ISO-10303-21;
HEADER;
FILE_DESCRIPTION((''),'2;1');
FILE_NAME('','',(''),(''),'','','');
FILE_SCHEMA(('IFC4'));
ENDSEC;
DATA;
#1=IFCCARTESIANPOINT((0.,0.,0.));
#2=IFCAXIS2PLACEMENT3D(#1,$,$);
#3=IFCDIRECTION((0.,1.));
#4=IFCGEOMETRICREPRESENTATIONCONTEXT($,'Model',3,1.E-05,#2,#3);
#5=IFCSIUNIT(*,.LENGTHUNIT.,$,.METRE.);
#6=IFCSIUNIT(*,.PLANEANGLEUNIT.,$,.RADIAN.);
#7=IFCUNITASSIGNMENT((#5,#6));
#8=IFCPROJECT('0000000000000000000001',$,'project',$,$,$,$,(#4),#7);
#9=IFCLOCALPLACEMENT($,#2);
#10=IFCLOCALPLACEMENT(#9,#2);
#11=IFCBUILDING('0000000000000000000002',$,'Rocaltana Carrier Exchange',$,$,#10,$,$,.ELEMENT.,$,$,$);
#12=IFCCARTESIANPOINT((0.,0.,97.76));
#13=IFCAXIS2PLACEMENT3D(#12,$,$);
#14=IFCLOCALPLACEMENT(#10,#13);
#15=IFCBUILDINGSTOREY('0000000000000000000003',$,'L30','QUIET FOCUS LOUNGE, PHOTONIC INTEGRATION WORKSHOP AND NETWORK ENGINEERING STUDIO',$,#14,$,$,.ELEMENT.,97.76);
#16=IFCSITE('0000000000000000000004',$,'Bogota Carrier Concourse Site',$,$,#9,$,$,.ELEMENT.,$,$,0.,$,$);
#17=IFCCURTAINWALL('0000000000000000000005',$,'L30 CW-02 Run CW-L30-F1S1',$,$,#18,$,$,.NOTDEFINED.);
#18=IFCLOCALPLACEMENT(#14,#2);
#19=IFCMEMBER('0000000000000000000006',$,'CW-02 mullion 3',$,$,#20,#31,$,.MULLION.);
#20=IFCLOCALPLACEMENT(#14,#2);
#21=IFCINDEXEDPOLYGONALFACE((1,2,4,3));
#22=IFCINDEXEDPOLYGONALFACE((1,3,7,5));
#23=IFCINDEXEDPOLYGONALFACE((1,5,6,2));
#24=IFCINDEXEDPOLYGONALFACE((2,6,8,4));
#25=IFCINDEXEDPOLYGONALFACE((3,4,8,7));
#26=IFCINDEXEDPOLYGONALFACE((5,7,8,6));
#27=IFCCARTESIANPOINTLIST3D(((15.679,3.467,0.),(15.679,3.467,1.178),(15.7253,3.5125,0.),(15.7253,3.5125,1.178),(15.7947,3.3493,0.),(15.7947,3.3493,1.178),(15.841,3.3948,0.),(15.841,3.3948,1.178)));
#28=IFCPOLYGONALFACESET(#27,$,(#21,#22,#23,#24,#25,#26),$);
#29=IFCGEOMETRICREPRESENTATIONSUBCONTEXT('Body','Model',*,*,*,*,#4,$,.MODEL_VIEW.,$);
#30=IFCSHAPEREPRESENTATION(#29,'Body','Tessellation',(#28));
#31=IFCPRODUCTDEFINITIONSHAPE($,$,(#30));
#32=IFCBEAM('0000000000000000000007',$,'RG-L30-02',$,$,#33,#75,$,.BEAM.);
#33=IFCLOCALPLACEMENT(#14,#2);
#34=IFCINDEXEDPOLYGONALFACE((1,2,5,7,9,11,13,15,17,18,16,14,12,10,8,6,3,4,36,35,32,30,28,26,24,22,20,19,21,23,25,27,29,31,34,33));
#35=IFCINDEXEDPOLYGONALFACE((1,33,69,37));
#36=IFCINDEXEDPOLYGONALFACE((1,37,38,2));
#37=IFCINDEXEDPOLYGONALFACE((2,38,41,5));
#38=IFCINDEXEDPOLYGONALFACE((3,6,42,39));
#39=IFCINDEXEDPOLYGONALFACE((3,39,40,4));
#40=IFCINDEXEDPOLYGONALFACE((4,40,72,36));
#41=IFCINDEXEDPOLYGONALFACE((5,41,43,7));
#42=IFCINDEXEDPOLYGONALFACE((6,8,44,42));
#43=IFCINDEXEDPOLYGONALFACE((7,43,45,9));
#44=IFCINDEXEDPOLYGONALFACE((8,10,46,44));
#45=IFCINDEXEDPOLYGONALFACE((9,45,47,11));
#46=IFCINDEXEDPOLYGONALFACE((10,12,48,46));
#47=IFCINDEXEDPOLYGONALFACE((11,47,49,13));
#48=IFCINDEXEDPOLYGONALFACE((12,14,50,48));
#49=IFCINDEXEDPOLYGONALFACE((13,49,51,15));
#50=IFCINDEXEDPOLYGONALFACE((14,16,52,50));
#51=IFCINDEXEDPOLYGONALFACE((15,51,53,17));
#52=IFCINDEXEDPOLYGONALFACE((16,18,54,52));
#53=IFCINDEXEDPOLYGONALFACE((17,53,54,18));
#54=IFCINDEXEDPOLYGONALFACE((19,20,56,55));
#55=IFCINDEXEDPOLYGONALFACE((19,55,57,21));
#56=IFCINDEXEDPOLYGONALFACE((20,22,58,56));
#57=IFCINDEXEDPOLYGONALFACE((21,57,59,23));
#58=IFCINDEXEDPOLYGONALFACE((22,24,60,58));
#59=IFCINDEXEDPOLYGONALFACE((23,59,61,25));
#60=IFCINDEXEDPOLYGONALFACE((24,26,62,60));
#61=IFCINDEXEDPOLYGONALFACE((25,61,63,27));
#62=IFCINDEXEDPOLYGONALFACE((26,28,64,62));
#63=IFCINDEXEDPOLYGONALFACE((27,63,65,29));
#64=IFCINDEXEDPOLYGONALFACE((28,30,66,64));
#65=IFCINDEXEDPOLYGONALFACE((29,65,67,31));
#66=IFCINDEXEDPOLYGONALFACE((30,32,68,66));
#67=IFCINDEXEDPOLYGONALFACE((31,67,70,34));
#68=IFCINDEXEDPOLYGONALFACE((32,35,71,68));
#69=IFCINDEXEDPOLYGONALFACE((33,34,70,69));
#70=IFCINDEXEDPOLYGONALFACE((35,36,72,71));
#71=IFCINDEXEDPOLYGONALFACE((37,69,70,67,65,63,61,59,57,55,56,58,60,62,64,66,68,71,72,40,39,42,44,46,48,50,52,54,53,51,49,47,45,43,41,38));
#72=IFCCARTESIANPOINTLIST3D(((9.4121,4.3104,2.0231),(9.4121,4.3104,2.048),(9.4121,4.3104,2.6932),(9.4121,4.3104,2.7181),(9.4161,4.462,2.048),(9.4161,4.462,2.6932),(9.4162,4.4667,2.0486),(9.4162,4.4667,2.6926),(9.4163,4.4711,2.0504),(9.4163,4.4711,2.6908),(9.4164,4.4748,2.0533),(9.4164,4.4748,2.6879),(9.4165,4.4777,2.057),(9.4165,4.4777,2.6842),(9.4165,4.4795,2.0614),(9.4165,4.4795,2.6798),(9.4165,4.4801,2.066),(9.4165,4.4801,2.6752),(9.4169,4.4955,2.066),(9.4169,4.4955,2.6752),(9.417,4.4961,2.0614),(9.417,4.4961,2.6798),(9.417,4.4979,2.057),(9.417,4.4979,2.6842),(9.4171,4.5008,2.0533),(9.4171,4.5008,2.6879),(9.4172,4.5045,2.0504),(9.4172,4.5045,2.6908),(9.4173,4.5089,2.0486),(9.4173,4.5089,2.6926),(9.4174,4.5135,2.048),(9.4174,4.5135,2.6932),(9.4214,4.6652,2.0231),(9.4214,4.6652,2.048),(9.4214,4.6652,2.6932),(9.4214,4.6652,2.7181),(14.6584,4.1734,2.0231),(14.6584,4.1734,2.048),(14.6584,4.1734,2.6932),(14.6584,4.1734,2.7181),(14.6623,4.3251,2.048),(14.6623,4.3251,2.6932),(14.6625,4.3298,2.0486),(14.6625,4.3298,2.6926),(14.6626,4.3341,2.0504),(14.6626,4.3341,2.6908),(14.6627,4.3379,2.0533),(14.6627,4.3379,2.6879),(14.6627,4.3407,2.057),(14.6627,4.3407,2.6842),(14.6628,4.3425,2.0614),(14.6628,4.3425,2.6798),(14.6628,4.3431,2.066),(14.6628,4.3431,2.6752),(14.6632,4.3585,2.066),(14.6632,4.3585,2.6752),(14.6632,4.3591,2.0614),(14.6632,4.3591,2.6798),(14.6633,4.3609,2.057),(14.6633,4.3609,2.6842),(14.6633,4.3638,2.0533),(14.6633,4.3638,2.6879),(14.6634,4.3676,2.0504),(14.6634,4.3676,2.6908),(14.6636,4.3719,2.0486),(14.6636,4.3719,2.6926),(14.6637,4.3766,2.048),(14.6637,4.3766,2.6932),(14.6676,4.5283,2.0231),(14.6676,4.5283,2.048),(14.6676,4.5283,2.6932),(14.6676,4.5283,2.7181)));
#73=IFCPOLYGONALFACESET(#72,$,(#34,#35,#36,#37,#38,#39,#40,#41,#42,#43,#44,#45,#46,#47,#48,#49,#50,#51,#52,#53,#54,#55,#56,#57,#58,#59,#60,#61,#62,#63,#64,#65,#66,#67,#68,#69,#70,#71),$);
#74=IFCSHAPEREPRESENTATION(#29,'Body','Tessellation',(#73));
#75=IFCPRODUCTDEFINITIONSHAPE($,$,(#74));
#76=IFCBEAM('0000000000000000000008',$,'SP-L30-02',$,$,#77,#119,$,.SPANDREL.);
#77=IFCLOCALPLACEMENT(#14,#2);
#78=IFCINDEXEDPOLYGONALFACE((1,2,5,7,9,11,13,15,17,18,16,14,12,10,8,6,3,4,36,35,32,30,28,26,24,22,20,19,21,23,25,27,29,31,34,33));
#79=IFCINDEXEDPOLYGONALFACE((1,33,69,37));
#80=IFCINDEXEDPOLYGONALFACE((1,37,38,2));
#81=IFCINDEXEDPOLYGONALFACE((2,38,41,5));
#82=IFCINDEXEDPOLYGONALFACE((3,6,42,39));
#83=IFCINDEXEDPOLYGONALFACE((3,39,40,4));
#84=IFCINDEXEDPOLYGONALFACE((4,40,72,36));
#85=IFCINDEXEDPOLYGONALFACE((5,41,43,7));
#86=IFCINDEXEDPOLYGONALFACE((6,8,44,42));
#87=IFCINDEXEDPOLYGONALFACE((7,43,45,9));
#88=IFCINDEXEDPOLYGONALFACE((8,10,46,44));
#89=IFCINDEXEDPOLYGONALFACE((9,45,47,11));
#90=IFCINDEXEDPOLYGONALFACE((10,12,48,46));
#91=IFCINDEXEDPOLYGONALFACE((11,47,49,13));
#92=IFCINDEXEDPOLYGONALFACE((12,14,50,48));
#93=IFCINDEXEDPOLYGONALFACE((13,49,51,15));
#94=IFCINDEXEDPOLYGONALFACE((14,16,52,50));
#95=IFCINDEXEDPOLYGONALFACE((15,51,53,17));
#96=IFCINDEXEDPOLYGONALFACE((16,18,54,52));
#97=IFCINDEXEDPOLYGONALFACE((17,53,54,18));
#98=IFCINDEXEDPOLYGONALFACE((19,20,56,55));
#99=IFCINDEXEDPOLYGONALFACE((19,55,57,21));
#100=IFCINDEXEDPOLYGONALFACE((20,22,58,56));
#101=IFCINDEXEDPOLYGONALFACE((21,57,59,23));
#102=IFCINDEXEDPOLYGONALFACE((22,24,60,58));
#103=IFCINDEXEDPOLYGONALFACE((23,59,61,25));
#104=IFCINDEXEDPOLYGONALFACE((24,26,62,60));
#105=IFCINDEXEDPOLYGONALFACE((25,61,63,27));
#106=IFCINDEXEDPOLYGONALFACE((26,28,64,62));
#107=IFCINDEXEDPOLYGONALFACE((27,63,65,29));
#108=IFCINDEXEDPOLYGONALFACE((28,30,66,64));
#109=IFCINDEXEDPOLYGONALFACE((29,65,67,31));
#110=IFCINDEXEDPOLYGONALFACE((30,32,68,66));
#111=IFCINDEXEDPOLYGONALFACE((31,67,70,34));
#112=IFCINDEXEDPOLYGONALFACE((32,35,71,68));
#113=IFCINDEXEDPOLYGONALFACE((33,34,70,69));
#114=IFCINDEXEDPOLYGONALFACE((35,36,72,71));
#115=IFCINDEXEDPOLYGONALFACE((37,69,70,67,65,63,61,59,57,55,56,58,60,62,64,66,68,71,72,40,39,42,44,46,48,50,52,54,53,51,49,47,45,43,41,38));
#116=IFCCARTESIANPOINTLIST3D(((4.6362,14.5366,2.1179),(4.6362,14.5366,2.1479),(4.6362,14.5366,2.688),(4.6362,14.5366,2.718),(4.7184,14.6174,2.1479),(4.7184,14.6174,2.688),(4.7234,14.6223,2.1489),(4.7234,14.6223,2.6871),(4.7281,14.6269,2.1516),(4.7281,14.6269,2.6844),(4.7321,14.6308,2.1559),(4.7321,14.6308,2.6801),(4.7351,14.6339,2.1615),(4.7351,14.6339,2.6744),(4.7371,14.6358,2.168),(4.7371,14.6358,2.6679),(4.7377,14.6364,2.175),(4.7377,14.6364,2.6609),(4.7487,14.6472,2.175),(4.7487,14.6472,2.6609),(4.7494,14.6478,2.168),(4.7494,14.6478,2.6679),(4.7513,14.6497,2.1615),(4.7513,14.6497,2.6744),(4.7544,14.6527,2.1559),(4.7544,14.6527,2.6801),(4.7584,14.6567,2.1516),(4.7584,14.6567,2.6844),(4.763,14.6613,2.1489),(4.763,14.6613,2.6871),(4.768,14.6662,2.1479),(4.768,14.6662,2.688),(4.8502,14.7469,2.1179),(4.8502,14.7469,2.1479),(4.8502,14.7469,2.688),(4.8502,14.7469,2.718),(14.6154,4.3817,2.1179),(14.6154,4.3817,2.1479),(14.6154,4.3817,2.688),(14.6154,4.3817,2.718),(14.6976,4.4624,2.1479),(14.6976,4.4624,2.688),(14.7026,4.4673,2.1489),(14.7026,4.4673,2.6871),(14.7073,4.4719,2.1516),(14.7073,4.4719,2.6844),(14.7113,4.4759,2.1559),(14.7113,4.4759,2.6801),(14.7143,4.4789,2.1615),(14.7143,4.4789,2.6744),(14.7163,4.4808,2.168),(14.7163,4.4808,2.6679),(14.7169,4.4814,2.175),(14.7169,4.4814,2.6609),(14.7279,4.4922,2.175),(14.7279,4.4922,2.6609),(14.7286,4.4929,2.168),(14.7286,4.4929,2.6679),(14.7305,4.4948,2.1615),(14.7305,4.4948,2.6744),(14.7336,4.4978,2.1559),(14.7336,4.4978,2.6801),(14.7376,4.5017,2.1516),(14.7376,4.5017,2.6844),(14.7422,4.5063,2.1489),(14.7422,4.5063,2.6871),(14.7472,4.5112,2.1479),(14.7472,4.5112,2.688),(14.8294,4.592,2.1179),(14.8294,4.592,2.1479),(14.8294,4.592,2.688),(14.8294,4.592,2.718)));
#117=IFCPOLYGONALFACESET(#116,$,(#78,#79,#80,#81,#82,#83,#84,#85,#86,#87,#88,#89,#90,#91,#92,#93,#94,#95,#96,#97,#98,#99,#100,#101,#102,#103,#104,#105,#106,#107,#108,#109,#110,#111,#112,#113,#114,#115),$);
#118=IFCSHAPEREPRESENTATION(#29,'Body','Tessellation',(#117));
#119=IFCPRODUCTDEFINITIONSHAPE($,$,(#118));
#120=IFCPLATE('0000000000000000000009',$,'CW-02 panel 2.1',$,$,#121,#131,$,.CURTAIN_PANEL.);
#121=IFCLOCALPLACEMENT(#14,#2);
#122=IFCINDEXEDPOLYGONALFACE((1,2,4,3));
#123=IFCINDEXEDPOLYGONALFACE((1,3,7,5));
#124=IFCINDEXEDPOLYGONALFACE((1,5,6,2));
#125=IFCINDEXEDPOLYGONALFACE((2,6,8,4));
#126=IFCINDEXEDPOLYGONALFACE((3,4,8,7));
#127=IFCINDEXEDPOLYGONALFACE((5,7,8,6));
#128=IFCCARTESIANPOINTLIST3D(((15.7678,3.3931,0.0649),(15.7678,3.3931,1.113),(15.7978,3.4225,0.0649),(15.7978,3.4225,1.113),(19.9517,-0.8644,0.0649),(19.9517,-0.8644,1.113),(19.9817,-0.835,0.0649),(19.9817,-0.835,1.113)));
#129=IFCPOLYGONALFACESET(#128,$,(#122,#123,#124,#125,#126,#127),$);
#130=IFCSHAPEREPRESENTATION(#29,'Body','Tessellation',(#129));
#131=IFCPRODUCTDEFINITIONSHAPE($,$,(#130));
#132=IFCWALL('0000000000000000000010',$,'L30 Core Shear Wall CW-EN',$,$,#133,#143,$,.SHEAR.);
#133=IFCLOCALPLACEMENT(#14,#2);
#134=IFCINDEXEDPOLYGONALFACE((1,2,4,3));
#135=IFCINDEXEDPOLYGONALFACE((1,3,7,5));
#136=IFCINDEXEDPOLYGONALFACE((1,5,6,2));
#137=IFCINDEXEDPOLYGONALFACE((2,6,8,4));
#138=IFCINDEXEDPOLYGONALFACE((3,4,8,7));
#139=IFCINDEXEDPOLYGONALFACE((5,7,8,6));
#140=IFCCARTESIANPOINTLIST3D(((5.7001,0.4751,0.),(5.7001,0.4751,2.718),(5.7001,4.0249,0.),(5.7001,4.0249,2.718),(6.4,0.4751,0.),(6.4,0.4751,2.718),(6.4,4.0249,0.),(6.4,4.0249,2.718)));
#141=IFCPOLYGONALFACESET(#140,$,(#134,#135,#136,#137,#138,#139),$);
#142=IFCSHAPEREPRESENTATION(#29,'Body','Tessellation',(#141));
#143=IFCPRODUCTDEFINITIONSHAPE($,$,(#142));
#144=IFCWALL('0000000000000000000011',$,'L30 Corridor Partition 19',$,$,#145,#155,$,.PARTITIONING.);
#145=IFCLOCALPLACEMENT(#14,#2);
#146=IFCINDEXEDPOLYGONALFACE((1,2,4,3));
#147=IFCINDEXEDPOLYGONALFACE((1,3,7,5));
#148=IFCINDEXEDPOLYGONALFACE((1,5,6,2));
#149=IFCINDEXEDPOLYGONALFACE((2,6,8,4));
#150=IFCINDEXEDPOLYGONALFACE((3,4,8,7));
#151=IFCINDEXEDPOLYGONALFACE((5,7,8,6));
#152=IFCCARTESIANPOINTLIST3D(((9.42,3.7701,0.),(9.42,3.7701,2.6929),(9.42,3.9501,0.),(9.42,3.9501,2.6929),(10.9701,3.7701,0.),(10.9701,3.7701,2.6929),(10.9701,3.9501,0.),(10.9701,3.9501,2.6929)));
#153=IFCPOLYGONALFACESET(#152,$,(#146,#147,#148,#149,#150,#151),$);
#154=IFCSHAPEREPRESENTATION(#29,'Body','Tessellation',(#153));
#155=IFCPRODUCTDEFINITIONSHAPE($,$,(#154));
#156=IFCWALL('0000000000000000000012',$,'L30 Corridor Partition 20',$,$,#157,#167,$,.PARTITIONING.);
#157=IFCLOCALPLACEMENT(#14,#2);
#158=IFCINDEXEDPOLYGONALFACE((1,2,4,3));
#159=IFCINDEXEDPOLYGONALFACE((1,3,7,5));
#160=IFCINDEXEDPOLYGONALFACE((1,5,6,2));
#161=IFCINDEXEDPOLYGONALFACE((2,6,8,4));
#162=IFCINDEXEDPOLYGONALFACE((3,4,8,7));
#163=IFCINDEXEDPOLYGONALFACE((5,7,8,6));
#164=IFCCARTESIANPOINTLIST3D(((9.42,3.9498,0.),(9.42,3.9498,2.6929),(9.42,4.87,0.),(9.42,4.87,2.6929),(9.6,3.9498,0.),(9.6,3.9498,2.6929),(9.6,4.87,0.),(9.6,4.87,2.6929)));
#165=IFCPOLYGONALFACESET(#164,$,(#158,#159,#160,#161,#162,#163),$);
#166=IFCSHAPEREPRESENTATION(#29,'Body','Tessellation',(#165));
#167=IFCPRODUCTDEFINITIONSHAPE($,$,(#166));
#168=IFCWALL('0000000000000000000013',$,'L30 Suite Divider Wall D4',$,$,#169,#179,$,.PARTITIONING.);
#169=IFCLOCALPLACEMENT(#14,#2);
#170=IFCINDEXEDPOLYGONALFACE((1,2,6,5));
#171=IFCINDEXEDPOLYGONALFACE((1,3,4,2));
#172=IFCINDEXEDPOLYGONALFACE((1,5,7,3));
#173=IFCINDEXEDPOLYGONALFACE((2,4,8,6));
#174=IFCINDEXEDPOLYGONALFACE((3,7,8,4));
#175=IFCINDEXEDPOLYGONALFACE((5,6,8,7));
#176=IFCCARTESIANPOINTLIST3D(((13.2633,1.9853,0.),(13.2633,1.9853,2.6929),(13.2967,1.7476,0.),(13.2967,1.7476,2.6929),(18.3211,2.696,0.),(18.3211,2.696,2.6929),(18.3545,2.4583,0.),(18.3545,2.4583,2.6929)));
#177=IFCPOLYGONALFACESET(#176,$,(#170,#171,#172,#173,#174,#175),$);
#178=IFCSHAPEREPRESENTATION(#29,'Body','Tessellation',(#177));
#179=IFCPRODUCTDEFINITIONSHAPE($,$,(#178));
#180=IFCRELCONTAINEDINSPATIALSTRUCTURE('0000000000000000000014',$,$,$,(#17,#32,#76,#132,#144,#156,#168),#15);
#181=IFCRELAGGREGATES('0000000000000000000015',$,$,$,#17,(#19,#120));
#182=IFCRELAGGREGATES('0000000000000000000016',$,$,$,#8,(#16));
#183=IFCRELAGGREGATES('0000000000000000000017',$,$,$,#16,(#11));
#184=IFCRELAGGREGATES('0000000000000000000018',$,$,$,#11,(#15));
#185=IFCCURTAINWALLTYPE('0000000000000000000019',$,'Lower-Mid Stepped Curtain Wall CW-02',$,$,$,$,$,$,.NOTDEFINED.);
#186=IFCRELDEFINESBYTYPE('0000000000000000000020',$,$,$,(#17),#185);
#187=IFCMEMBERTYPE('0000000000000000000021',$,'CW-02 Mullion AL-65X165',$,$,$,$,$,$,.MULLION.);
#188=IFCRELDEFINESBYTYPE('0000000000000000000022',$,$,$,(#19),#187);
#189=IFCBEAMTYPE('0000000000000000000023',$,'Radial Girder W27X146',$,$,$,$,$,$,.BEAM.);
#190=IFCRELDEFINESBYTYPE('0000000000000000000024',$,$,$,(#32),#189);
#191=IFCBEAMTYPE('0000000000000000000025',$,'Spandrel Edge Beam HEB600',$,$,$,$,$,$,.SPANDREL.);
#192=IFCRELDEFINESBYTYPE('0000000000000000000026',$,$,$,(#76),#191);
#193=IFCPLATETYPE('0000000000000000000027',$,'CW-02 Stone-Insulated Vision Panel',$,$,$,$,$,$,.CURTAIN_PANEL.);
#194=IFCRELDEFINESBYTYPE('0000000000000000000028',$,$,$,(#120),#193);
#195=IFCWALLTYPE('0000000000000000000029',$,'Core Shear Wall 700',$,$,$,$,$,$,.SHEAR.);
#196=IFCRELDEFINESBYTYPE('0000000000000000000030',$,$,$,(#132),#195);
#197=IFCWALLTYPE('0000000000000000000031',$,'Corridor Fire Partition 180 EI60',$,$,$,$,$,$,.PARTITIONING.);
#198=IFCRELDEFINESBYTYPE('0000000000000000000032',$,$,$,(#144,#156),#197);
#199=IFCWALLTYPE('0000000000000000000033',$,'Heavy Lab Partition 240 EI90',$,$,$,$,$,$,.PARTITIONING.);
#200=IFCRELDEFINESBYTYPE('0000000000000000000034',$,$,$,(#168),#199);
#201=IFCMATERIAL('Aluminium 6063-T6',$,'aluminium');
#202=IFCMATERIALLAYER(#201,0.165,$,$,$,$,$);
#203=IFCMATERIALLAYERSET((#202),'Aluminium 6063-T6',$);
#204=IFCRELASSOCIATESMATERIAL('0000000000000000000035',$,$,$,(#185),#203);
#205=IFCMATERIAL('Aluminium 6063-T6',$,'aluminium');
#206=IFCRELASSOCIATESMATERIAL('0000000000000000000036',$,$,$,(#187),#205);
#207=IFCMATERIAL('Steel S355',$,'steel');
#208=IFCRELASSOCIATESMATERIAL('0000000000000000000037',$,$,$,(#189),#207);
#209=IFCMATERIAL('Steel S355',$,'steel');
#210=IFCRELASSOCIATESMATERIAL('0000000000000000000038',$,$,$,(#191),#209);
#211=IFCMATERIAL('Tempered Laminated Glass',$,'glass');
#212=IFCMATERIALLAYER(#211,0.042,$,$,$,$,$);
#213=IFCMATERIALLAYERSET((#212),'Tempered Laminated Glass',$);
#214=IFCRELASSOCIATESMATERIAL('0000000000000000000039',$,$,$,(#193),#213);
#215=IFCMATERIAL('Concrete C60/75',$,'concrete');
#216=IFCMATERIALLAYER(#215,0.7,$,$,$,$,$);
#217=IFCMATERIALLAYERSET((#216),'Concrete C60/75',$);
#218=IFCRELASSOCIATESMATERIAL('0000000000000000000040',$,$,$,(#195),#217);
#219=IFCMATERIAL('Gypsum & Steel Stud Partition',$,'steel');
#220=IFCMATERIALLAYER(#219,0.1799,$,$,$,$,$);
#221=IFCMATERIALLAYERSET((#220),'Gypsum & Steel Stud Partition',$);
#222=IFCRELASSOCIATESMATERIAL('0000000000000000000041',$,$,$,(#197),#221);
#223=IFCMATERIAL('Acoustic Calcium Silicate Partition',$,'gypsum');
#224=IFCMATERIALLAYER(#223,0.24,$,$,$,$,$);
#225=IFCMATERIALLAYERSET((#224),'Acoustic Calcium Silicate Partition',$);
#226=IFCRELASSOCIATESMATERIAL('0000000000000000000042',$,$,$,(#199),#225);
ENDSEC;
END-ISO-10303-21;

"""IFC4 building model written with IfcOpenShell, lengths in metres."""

from ifc_helpers import new_model, si_unit, direction, frame, frame_2d, origin, origin_2d, place, context, subcontext, project, spatial, rectangle, i_section, extrude, material, layer, layer_set, material_profile, profile_set, type_object, element, aggregate, save


model = new_model("IFC4")

# Units and contexts
model_context = context("Model", 3, precision=1e-05, world=origin(), true_north=direction((0.0, 1.0)))
body_context = subcontext(model_context, "Body", "Model", "MODEL_VIEW")
ifc_project = project(units=[si_unit("LENGTHUNIT", "METRE"), si_unit("PLANEANGLEUNIT", "RADIAN")], contexts=[model_context])

# Site, building, storey
site_placement = place(None, origin())
site = spatial("IfcSite", under=ifc_project, at=site_placement, Name="Bogota Carrier Concourse Site", CompositionType="ELEMENT", RefElevation=0.0)
building_placement = place(site_placement, origin())
building = spatial("IfcBuilding", under=site, at=building_placement, Name="Rocaltana Carrier Exchange", CompositionType="ELEMENT")
storey_placement = place(building_placement, frame((0.0, 0.0, 97.76)))
storey = spatial("IfcBuildingStorey", under=building, at=storey_placement, Name="L30", Description="QUIET FOCUS LOUNGE, PHOTONIC INTEGRATION WORKSHOP AND NETWORK ENGINEERING STUDIO", CompositionType="ELEMENT", Elevation=97.76)

# Curtain wall, member
ifc_material_1 = material(Name="Aluminium 6063-T6", Category="aluminium")
ifc_layer_1 = layer(ifc_material_1, 0.165)
ifc_layer_set_1 = layer_set([ifc_layer_1], Name="Aluminium 6063-T6")
curtain_wall_type = type_object("IfcCurtainWallType", Name="Lower-Mid Stepped Curtain Wall CW-02", PredefinedType="NOTDEFINED", material=ifc_layer_set_1)
curtain_wall_placement = place(storey_placement, origin())
curtain_wall = element("IfcCurtainWall", 1, at=curtain_wall_placement, inside=storey, type_object=curtain_wall_type, Name="L30 CW-02 Run CW-L30-F1S1", PredefinedType="NOTDEFINED")
ifc_material_2 = material(Name="Aluminium 6063-T6", Category="aluminium")
ifc_material_profile_1 = material_profile(ifc_material_2, rectangle(XDim=0.0649, YDim=0.165, at=origin_2d()), Name="AL-65X165")
ifc_profile_set_1 = profile_set([ifc_material_profile_1], Name="Aluminium 6063-T6")
member_type = type_object("IfcMemberType", Name="CW-02 Mullion AL-65X165", PredefinedType="MULLION", material=ifc_profile_set_1)
member_placement = place(storey_placement, frame((15.76, 3.4309, 0.0), z_axis=(0.0, 0.0, 1.0), x_axis=(-0.713245, -0.700915, 0.0)))
member = element("IfcMember", 2, at=member_placement, type_object=member_type, Name="CW-02 mullion 3", PredefinedType="MULLION", context=body_context, shape_type="SweptSolid", body=[
    extrude(rectangle(XDim=0.0649, YDim=0.165, at=origin_2d()), origin(), (0.0, 0.0, 1.0), 1.178),
])

# Beams
ifc_material_3 = material(Name="Steel S355", Category="steel")
ifc_material_profile_2 = material_profile(ifc_material_3, i_section(OverallWidth=0.355, OverallDepth=0.6951, WebThickness=0.0154, FlangeThickness=0.0249, FilletRadius=0.0181, at=origin_2d()), Name="W27X146")
ifc_profile_set_2 = profile_set([ifc_material_profile_2], Name="Steel S355")
beam_type_1 = type_object("IfcBeamType", Name="Radial Girder W27X146", PredefinedType="BEAM", material=ifc_profile_set_2)
beam_1_placement = place(storey_placement, frame((9.4167, 4.4878, 2.3706), z_axis=(0.999659, -0.026097, 0.0), x_axis=(0.026097, 0.999659, 0.0)))
element("IfcBeam", 3, at=beam_1_placement, inside=storey, type_object=beam_type_1, Name="RG-L30-02", PredefinedType="BEAM", context=body_context, shape_type="SweptSolid", body=[
    extrude(i_section(OverallWidth=0.355, OverallDepth=0.6951, WebThickness=0.0154, FlangeThickness=0.0249, FilletRadius=0.0181, at=origin_2d()), origin(), (0.0, 0.0, 1.0), 5.248),
])
ifc_material_4 = material(Name="Steel S355", Category="steel")
ifc_material_profile_3 = material_profile(ifc_material_4, i_section(OverallWidth=0.3, OverallDepth=0.6001, WebThickness=0.0154, FlangeThickness=0.03, FilletRadius=0.0271, at=origin_2d()), Name="HEB600")
ifc_profile_set_3 = profile_set([ifc_material_profile_3], Name="Steel S355")
beam_type_2 = type_object("IfcBeamType", Name="Spandrel Edge Beam HEB600", PredefinedType="SPANDREL", material=ifc_profile_set_3)
beam_2_placement = place(storey_placement, frame((14.7224, 4.4868, 2.418), z_axis=(-0.700907, 0.713253, 0.0), x_axis=(-0.713253, -0.700907, 0.0)))
element("IfcBeam", 4, at=beam_2_placement, inside=storey, type_object=beam_type_2, Name="SP-L30-02", PredefinedType="SPANDREL", context=body_context, shape_type="SweptSolid", body=[
    extrude(i_section(OverallWidth=0.3, OverallDepth=0.6001, WebThickness=0.0154, FlangeThickness=0.03, FilletRadius=0.0271, at=origin_2d()), origin(), (0.0, 0.0, 1.0), 14.2375),
])

# Plate
ifc_material_5 = material(Name="Tempered Laminated Glass", Category="glass")
ifc_layer_2 = layer(ifc_material_5, 0.042)
ifc_layer_set_2 = layer_set([ifc_layer_2], Name="Tempered Laminated Glass")
plate_type = type_object("IfcPlateType", Name="CW-02 Stone-Insulated Vision Panel", PredefinedType="CURTAIN_PANEL", material=ifc_layer_set_2)
plate_placement = place(storey_placement, frame((17.8748, 1.2791, 0.0649), z_axis=(0.0, 0.0, 1.0), x_axis=(-0.700915, 0.713245, 0.0)))
plate = element("IfcPlate", 5, at=plate_placement, type_object=plate_type, Name="CW-02 panel 2.1", PredefinedType="CURTAIN_PANEL", context=body_context, shape_type="SweptSolid", body=[
    extrude(rectangle(XDim=5.9692, YDim=0.042, at=origin_2d()), origin(), (0.0, 0.0, 1.0), 1.0481),
])
aggregate(curtain_wall, [member, plate])

# Walls
ifc_material_6 = material(Name="Concrete C60/75", Category="concrete")
ifc_layer_3 = layer(ifc_material_6, 0.7)
ifc_layer_set_3 = layer_set([ifc_layer_3], Name="Concrete C60/75")
wall_type_1 = type_object("IfcWallType", Name="Core Shear Wall 700", PredefinedType="SHEAR", material=ifc_layer_set_3)
wall_1_placement = place(storey_placement, frame((6.05, 0.4751, 0.0), z_axis=(0.0, 0.0, 1.0), x_axis=(0.0, 1.0, 0.0)))
element("IfcWall", 6, at=wall_1_placement, inside=storey, type_object=wall_type_1, Name="L30 Core Shear Wall CW-EN", PredefinedType="SHEAR", context=body_context, shape_type="SweptSolid", body=[
    extrude(rectangle(XDim=3.5498, YDim=0.7, at=frame_2d((1.7749, 0.0))), origin(), (0.0, 0.0, 1.0), 2.718),
])
ifc_material_7 = material(Name="Gypsum & Steel Stud Partition", Category="steel")
ifc_layer_4 = layer(ifc_material_7, 0.1799)
ifc_layer_set_4 = layer_set([ifc_layer_4], Name="Gypsum & Steel Stud Partition")
wall_type_2 = type_object("IfcWallType", Name="Corridor Fire Partition 180 EI60", PredefinedType="PARTITIONING", material=ifc_layer_set_4)
wall_2_placement = place(storey_placement, frame((10.97, 3.8601, 0.0), z_axis=(0.0, 0.0, 1.0), x_axis=(-1.0, 0.0, 0.0)))
element("IfcWall", 7, at=wall_2_placement, inside=storey, type_object=wall_type_2, Name="L30 Corridor Partition 19", PredefinedType="PARTITIONING", context=body_context, shape_type="SweptSolid", body=[
    extrude(rectangle(XDim=1.55, YDim=0.1799, at=frame_2d((0.7749, 0.0))), origin(), (0.0, 0.0, 1.0), 2.6929),
])
wall_3_placement = place(storey_placement, frame((9.51, 3.95, 0.0), z_axis=(0.0, 0.0, 1.0), x_axis=(0.0, 1.0, 0.0)))
element("IfcWall", 8, at=wall_3_placement, inside=storey, type_object=wall_type_2, Name="L30 Corridor Partition 20", PredefinedType="PARTITIONING", context=body_context, shape_type="SweptSolid", body=[
    extrude(rectangle(XDim=0.9202, YDim=0.1799, at=frame_2d((0.46, 0.0))), origin(), (0.0, 0.0, 1.0), 2.6929),
])
ifc_material_8 = material(Name="Acoustic Calcium Silicate Partition", Category="gypsum")
ifc_layer_5 = layer(ifc_material_8, 0.24)
ifc_layer_set_5 = layer_set([ifc_layer_5], Name="Acoustic Calcium Silicate Partition")
wall_type_3 = type_object("IfcWallType", Name="Heavy Lab Partition 240 EI90", PredefinedType="PARTITIONING", material=ifc_layer_set_5)
wall_4_placement = place(storey_placement, frame((13.28, 1.8665, 0.0), z_axis=(0.0, 0.0, 1.0), x_axis=(0.990271, 0.139152, 0.0)))
element("IfcWall", 9, at=wall_4_placement, inside=storey, type_object=wall_type_3, Name="L30 Suite Divider Wall D4", PredefinedType="PARTITIONING", context=body_context, shape_type="SweptSolid", body=[
    extrude(rectangle(XDim=5.1074, YDim=0.24, at=frame_2d((2.5537, 0.0))), origin(), (0.0, 0.0, 1.0), 2.6929),
])

save(model, "model.ifc")
